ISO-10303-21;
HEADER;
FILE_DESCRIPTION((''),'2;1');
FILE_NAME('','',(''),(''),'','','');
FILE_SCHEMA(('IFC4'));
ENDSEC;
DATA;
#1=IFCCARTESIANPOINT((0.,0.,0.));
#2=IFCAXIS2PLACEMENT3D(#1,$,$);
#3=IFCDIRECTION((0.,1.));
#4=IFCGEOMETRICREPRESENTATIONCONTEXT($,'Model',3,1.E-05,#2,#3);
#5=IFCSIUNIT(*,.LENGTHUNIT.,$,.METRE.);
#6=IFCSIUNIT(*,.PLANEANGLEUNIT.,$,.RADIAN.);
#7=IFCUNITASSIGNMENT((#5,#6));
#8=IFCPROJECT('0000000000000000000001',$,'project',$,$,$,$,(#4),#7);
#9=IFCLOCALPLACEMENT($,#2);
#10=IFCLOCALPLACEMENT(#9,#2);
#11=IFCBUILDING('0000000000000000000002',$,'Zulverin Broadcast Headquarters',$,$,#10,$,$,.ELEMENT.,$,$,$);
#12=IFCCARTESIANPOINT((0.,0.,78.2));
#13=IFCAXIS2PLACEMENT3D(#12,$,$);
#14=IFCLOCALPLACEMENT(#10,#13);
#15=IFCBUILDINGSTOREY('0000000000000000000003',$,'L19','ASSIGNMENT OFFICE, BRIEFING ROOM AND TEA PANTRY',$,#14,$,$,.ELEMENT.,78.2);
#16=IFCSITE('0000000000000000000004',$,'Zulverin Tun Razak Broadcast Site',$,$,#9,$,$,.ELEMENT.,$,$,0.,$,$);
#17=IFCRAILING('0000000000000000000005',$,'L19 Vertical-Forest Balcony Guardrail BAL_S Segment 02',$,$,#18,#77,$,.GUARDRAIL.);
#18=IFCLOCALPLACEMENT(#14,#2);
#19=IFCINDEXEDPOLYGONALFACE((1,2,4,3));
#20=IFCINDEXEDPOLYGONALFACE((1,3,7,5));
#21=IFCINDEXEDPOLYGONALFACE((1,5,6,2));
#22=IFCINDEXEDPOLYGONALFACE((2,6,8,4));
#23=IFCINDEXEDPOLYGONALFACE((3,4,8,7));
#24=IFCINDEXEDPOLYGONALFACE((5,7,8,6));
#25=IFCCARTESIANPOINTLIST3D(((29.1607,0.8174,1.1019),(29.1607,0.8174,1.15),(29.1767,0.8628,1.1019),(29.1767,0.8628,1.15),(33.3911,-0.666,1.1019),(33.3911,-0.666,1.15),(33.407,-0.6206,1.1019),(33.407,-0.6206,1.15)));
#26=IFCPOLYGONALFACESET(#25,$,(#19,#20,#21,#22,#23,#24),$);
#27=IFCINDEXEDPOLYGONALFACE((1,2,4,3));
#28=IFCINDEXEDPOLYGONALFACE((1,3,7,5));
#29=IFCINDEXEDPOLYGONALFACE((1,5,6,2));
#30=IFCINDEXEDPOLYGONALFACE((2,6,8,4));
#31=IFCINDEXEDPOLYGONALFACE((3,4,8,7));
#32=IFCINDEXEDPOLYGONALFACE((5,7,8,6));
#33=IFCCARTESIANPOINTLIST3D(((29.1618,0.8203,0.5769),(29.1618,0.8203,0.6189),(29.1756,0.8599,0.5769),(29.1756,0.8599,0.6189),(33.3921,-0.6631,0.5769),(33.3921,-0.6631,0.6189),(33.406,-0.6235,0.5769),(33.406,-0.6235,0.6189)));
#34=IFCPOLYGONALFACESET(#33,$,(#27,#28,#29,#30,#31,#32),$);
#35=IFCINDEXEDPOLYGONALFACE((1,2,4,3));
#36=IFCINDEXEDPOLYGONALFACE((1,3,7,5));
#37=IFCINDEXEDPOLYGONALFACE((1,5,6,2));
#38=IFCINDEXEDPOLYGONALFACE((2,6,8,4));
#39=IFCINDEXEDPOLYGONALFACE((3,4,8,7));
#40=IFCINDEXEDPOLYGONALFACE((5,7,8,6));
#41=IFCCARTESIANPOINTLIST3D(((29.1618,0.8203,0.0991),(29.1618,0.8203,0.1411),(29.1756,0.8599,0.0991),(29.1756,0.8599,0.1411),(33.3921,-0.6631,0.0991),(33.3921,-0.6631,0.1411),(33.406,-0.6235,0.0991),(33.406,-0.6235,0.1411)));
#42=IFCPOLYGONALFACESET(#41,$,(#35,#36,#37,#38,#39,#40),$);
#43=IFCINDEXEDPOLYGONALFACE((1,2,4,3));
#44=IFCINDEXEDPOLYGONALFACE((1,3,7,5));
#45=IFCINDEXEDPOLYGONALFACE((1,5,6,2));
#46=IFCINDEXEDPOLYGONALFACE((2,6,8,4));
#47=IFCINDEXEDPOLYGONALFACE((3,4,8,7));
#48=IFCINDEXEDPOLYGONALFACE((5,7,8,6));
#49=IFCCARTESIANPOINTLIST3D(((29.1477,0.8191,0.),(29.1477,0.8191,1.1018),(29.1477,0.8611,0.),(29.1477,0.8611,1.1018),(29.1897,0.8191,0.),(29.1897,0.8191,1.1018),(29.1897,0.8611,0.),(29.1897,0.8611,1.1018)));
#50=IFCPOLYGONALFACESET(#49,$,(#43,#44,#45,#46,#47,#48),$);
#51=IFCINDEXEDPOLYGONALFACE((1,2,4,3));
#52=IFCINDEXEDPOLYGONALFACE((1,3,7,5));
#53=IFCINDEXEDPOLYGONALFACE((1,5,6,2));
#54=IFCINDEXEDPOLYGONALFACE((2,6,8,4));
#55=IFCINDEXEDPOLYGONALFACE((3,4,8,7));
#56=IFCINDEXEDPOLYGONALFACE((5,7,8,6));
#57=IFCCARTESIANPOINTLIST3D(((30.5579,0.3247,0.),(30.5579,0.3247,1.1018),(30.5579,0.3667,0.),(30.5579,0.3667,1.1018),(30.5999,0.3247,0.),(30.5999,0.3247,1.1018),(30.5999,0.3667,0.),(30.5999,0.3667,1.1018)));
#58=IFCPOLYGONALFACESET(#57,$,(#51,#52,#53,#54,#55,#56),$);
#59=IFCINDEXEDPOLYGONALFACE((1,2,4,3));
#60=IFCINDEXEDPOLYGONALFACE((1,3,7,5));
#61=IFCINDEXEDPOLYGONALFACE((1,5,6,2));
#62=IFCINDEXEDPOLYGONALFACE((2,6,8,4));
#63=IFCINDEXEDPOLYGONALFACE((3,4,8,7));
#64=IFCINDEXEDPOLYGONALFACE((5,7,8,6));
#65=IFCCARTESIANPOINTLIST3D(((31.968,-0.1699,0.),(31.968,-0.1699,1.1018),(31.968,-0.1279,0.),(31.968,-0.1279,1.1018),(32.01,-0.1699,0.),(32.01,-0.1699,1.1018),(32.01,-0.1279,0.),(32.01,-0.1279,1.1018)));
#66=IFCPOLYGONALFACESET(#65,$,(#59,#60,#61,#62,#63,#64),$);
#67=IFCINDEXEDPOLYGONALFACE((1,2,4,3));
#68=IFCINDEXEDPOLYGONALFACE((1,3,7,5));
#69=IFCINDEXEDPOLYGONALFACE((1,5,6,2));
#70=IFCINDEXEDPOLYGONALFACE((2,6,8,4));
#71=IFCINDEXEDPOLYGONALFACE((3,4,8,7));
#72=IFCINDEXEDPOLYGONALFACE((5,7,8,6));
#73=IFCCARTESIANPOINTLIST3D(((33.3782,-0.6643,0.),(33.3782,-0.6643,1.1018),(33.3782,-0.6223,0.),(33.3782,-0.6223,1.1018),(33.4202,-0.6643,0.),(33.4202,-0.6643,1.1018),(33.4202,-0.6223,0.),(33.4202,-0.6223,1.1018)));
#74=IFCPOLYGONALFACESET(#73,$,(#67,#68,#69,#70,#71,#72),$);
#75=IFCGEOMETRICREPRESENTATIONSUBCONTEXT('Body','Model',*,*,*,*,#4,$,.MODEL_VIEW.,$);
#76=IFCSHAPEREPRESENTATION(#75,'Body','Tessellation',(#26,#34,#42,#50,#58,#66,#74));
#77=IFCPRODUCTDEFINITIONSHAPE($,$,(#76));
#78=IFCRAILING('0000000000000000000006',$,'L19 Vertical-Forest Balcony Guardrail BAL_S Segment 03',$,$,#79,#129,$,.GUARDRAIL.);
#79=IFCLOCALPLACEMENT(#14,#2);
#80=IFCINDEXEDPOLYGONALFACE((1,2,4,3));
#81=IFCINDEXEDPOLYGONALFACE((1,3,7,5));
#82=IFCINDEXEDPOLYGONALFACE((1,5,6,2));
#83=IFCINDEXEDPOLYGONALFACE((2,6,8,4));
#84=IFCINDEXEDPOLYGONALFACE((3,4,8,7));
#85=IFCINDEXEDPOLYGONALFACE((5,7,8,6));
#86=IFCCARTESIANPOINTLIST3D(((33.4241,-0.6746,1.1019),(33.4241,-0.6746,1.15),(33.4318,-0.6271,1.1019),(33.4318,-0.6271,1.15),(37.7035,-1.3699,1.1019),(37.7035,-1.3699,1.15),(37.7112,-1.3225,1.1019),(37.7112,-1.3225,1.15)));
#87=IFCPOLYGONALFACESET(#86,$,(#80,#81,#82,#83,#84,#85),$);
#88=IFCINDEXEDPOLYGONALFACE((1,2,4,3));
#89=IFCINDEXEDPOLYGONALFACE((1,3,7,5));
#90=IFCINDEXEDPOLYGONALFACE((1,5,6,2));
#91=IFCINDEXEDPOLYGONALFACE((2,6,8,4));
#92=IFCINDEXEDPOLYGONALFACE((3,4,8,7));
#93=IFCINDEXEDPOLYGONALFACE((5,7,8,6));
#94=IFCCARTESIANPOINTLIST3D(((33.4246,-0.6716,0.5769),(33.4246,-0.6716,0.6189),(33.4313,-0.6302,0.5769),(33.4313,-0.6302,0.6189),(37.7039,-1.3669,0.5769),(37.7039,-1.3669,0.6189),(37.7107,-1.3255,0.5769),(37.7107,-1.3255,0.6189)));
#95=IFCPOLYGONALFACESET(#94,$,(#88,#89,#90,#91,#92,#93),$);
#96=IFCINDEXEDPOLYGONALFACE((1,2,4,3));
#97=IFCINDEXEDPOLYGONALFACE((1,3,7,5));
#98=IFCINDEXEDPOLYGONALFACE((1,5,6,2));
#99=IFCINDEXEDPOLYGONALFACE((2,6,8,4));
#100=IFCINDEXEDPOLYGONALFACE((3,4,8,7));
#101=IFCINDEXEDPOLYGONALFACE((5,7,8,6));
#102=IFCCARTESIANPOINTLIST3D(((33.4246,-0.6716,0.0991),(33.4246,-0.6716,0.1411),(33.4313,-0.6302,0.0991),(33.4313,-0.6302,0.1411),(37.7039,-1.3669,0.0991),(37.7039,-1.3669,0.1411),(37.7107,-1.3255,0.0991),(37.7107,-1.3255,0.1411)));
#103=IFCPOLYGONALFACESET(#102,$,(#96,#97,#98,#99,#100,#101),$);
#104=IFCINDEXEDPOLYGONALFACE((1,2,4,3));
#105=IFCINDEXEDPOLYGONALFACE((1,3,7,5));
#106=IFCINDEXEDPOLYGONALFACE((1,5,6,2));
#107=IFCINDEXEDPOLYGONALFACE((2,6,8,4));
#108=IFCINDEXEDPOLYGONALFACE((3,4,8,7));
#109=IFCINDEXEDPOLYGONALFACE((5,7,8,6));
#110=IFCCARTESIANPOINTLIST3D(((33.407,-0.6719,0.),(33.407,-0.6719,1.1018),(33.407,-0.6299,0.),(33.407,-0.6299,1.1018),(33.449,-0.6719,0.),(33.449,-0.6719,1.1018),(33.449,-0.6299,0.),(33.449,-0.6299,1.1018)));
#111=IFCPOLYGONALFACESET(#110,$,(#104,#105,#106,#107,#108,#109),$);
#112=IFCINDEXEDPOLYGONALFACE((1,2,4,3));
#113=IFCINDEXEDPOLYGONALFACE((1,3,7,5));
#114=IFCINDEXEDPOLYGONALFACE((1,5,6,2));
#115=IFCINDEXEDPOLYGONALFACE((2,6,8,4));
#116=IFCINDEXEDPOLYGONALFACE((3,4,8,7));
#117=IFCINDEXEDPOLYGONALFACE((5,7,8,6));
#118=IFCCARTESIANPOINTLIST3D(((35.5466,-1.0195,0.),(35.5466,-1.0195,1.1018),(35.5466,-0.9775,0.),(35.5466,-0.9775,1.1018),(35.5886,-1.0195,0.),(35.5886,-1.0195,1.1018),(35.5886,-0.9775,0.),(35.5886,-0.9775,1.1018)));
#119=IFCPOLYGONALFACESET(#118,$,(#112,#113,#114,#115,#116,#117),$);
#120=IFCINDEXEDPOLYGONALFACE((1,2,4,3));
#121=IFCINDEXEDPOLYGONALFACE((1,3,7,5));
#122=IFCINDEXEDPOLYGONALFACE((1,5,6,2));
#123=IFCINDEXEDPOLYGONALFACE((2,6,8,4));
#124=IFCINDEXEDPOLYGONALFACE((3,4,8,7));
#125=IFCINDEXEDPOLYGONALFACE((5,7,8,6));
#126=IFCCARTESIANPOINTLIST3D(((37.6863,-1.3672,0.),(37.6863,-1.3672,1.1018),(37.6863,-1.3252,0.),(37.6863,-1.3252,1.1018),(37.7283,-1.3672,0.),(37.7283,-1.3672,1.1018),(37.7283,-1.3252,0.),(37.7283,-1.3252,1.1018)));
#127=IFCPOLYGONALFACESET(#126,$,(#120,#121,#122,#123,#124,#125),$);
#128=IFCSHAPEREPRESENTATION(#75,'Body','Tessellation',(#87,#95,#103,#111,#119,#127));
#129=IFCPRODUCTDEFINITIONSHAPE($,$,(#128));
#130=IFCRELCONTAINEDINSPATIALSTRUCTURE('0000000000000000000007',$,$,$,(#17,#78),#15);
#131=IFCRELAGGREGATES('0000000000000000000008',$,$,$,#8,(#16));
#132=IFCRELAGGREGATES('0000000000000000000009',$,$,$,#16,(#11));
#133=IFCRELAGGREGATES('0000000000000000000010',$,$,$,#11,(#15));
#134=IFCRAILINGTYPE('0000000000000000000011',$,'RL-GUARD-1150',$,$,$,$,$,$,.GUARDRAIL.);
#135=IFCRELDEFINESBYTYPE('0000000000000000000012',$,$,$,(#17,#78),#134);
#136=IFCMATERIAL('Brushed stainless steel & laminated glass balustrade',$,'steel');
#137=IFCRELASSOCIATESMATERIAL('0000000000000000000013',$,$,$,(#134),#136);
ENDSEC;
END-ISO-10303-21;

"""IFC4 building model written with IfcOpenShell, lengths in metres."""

from ifc_helpers import new_model, si_unit, direction, frame, origin, origin_2d, place, context, subcontext, project, spatial, rectangle, extrude, material, type_object, element, save


model = new_model("IFC4")

# Units and contexts
model_context = context("Model", 3, precision=1e-05, world=origin(), true_north=direction((0.0, 1.0)))
body_context = subcontext(model_context, "Body", "Model", "MODEL_VIEW")
ifc_project = project(units=[si_unit("LENGTHUNIT", "METRE"), si_unit("PLANEANGLEUNIT", "RADIAN")], contexts=[model_context])

# Site, building, storey
site_placement = place(None, origin())
site = spatial("IfcSite", under=ifc_project, at=site_placement, Name="Zulverin Tun Razak Broadcast Site", CompositionType="ELEMENT", RefElevation=0.0)
building_placement = place(site_placement, origin())
building = spatial("IfcBuilding", under=site, at=building_placement, Name="Zulverin Broadcast Headquarters", CompositionType="ELEMENT")
storey_placement = place(building_placement, frame((0.0, 0.0, 78.2)))
storey = spatial("IfcBuildingStorey", under=building, at=storey_placement, Name="L19", Description="ASSIGNMENT OFFICE, BRIEFING ROOM AND TEA PANTRY", CompositionType="ELEMENT", Elevation=78.2)

# Railings
ifc_material_1 = material(Name="Brushed stainless steel & laminated glass balustrade", Category="steel")
railing_type = type_object("IfcRailingType", Name="RL-GUARD-1150", PredefinedType="GUARDRAIL", material=ifc_material_1)
railing_1_placement = place(storey_placement, frame((29.1687, 0.8401, 0.0)))
element("IfcRailing", 1, at=railing_1_placement, inside=storey, type_object=railing_type, Name="L19 Vertical-Forest Balcony Guardrail BAL_S Segment 02", PredefinedType="GUARDRAIL", context=body_context, shape_type="SweptSolid", body=[
    extrude(rectangle(XDim=0.0481, YDim=0.0481, at=origin_2d()), frame((0.0, 0.0, 1.126), z_axis=(0.943668, -0.330894, 0.0), x_axis=(0.330894, 0.943668, 0.0)), (0.0, 0.0, 1.0), 4.4829),
    extrude(rectangle(XDim=0.042, YDim=0.042, at=origin_2d()), frame((0.0, 0.0, 0.5979), z_axis=(0.943668, -0.330894, 0.0), x_axis=(0.330894, 0.943668, 0.0)), (0.0, 0.0, 1.0), 4.4829),
    extrude(rectangle(XDim=0.042, YDim=0.042, at=origin_2d()), frame((0.0, 0.0, 0.1201), z_axis=(0.943668, -0.330894, 0.0), x_axis=(0.330894, 0.943668, 0.0)), (0.0, 0.0, 1.0), 4.4829),
    extrude(rectangle(XDim=0.042, YDim=0.042, at=origin_2d()), origin(), (0.0, 0.0, 1.0), 1.1018),
    extrude(rectangle(XDim=0.042, YDim=0.042, at=origin_2d()), frame((1.4102, -0.4944, 0.0)), (0.0, 0.0, 1.0), 1.1018),
    extrude(rectangle(XDim=0.042, YDim=0.042, at=origin_2d()), frame((2.8203, -0.989, 0.0)), (0.0, 0.0, 1.0), 1.1018),
    extrude(rectangle(XDim=0.042, YDim=0.042, at=origin_2d()), frame((4.2305, -1.4834, 0.0)), (0.0, 0.0, 1.0), 1.1018),
])
railing_2_placement = place(storey_placement, frame((33.428, -0.6509, 0.0)))
element("IfcRailing", 2, at=railing_2_placement, inside=storey, type_object=railing_type, Name="L19 Vertical-Forest Balcony Guardrail BAL_S Segment 03", PredefinedType="GUARDRAIL", context=body_context, shape_type="SweptSolid", body=[
    extrude(rectangle(XDim=0.0481, YDim=0.0481, at=origin_2d()), frame((0.0, 0.0, 1.126), z_axis=(0.987055, -0.16038, 0.0), x_axis=(0.16038, 0.987055, 0.0)), (0.0, 0.0, 1.0), 4.3354),
    extrude(rectangle(XDim=0.042, YDim=0.042, at=origin_2d()), frame((0.0, 0.0, 0.5979), z_axis=(0.987055, -0.16038, 0.0), x_axis=(0.16038, 0.987055, 0.0)), (0.0, 0.0, 1.0), 4.3354),
    extrude(rectangle(XDim=0.042, YDim=0.042, at=origin_2d()), frame((0.0, 0.0, 0.1201), z_axis=(0.987055, -0.16038, 0.0), x_axis=(0.16038, 0.987055, 0.0)), (0.0, 0.0, 1.0), 4.3354),
    extrude(rectangle(XDim=0.042, YDim=0.042, at=origin_2d()), origin(), (0.0, 0.0, 1.0), 1.1018),
    extrude(rectangle(XDim=0.042, YDim=0.042, at=origin_2d()), frame((2.1396, -0.3477, 0.0)), (0.0, 0.0, 1.0), 1.1018),
    extrude(rectangle(XDim=0.042, YDim=0.042, at=origin_2d()), frame((4.2793, -0.6953, 0.0)), (0.0, 0.0, 1.0), 1.1018),
])

save(model, "model.ifc")
